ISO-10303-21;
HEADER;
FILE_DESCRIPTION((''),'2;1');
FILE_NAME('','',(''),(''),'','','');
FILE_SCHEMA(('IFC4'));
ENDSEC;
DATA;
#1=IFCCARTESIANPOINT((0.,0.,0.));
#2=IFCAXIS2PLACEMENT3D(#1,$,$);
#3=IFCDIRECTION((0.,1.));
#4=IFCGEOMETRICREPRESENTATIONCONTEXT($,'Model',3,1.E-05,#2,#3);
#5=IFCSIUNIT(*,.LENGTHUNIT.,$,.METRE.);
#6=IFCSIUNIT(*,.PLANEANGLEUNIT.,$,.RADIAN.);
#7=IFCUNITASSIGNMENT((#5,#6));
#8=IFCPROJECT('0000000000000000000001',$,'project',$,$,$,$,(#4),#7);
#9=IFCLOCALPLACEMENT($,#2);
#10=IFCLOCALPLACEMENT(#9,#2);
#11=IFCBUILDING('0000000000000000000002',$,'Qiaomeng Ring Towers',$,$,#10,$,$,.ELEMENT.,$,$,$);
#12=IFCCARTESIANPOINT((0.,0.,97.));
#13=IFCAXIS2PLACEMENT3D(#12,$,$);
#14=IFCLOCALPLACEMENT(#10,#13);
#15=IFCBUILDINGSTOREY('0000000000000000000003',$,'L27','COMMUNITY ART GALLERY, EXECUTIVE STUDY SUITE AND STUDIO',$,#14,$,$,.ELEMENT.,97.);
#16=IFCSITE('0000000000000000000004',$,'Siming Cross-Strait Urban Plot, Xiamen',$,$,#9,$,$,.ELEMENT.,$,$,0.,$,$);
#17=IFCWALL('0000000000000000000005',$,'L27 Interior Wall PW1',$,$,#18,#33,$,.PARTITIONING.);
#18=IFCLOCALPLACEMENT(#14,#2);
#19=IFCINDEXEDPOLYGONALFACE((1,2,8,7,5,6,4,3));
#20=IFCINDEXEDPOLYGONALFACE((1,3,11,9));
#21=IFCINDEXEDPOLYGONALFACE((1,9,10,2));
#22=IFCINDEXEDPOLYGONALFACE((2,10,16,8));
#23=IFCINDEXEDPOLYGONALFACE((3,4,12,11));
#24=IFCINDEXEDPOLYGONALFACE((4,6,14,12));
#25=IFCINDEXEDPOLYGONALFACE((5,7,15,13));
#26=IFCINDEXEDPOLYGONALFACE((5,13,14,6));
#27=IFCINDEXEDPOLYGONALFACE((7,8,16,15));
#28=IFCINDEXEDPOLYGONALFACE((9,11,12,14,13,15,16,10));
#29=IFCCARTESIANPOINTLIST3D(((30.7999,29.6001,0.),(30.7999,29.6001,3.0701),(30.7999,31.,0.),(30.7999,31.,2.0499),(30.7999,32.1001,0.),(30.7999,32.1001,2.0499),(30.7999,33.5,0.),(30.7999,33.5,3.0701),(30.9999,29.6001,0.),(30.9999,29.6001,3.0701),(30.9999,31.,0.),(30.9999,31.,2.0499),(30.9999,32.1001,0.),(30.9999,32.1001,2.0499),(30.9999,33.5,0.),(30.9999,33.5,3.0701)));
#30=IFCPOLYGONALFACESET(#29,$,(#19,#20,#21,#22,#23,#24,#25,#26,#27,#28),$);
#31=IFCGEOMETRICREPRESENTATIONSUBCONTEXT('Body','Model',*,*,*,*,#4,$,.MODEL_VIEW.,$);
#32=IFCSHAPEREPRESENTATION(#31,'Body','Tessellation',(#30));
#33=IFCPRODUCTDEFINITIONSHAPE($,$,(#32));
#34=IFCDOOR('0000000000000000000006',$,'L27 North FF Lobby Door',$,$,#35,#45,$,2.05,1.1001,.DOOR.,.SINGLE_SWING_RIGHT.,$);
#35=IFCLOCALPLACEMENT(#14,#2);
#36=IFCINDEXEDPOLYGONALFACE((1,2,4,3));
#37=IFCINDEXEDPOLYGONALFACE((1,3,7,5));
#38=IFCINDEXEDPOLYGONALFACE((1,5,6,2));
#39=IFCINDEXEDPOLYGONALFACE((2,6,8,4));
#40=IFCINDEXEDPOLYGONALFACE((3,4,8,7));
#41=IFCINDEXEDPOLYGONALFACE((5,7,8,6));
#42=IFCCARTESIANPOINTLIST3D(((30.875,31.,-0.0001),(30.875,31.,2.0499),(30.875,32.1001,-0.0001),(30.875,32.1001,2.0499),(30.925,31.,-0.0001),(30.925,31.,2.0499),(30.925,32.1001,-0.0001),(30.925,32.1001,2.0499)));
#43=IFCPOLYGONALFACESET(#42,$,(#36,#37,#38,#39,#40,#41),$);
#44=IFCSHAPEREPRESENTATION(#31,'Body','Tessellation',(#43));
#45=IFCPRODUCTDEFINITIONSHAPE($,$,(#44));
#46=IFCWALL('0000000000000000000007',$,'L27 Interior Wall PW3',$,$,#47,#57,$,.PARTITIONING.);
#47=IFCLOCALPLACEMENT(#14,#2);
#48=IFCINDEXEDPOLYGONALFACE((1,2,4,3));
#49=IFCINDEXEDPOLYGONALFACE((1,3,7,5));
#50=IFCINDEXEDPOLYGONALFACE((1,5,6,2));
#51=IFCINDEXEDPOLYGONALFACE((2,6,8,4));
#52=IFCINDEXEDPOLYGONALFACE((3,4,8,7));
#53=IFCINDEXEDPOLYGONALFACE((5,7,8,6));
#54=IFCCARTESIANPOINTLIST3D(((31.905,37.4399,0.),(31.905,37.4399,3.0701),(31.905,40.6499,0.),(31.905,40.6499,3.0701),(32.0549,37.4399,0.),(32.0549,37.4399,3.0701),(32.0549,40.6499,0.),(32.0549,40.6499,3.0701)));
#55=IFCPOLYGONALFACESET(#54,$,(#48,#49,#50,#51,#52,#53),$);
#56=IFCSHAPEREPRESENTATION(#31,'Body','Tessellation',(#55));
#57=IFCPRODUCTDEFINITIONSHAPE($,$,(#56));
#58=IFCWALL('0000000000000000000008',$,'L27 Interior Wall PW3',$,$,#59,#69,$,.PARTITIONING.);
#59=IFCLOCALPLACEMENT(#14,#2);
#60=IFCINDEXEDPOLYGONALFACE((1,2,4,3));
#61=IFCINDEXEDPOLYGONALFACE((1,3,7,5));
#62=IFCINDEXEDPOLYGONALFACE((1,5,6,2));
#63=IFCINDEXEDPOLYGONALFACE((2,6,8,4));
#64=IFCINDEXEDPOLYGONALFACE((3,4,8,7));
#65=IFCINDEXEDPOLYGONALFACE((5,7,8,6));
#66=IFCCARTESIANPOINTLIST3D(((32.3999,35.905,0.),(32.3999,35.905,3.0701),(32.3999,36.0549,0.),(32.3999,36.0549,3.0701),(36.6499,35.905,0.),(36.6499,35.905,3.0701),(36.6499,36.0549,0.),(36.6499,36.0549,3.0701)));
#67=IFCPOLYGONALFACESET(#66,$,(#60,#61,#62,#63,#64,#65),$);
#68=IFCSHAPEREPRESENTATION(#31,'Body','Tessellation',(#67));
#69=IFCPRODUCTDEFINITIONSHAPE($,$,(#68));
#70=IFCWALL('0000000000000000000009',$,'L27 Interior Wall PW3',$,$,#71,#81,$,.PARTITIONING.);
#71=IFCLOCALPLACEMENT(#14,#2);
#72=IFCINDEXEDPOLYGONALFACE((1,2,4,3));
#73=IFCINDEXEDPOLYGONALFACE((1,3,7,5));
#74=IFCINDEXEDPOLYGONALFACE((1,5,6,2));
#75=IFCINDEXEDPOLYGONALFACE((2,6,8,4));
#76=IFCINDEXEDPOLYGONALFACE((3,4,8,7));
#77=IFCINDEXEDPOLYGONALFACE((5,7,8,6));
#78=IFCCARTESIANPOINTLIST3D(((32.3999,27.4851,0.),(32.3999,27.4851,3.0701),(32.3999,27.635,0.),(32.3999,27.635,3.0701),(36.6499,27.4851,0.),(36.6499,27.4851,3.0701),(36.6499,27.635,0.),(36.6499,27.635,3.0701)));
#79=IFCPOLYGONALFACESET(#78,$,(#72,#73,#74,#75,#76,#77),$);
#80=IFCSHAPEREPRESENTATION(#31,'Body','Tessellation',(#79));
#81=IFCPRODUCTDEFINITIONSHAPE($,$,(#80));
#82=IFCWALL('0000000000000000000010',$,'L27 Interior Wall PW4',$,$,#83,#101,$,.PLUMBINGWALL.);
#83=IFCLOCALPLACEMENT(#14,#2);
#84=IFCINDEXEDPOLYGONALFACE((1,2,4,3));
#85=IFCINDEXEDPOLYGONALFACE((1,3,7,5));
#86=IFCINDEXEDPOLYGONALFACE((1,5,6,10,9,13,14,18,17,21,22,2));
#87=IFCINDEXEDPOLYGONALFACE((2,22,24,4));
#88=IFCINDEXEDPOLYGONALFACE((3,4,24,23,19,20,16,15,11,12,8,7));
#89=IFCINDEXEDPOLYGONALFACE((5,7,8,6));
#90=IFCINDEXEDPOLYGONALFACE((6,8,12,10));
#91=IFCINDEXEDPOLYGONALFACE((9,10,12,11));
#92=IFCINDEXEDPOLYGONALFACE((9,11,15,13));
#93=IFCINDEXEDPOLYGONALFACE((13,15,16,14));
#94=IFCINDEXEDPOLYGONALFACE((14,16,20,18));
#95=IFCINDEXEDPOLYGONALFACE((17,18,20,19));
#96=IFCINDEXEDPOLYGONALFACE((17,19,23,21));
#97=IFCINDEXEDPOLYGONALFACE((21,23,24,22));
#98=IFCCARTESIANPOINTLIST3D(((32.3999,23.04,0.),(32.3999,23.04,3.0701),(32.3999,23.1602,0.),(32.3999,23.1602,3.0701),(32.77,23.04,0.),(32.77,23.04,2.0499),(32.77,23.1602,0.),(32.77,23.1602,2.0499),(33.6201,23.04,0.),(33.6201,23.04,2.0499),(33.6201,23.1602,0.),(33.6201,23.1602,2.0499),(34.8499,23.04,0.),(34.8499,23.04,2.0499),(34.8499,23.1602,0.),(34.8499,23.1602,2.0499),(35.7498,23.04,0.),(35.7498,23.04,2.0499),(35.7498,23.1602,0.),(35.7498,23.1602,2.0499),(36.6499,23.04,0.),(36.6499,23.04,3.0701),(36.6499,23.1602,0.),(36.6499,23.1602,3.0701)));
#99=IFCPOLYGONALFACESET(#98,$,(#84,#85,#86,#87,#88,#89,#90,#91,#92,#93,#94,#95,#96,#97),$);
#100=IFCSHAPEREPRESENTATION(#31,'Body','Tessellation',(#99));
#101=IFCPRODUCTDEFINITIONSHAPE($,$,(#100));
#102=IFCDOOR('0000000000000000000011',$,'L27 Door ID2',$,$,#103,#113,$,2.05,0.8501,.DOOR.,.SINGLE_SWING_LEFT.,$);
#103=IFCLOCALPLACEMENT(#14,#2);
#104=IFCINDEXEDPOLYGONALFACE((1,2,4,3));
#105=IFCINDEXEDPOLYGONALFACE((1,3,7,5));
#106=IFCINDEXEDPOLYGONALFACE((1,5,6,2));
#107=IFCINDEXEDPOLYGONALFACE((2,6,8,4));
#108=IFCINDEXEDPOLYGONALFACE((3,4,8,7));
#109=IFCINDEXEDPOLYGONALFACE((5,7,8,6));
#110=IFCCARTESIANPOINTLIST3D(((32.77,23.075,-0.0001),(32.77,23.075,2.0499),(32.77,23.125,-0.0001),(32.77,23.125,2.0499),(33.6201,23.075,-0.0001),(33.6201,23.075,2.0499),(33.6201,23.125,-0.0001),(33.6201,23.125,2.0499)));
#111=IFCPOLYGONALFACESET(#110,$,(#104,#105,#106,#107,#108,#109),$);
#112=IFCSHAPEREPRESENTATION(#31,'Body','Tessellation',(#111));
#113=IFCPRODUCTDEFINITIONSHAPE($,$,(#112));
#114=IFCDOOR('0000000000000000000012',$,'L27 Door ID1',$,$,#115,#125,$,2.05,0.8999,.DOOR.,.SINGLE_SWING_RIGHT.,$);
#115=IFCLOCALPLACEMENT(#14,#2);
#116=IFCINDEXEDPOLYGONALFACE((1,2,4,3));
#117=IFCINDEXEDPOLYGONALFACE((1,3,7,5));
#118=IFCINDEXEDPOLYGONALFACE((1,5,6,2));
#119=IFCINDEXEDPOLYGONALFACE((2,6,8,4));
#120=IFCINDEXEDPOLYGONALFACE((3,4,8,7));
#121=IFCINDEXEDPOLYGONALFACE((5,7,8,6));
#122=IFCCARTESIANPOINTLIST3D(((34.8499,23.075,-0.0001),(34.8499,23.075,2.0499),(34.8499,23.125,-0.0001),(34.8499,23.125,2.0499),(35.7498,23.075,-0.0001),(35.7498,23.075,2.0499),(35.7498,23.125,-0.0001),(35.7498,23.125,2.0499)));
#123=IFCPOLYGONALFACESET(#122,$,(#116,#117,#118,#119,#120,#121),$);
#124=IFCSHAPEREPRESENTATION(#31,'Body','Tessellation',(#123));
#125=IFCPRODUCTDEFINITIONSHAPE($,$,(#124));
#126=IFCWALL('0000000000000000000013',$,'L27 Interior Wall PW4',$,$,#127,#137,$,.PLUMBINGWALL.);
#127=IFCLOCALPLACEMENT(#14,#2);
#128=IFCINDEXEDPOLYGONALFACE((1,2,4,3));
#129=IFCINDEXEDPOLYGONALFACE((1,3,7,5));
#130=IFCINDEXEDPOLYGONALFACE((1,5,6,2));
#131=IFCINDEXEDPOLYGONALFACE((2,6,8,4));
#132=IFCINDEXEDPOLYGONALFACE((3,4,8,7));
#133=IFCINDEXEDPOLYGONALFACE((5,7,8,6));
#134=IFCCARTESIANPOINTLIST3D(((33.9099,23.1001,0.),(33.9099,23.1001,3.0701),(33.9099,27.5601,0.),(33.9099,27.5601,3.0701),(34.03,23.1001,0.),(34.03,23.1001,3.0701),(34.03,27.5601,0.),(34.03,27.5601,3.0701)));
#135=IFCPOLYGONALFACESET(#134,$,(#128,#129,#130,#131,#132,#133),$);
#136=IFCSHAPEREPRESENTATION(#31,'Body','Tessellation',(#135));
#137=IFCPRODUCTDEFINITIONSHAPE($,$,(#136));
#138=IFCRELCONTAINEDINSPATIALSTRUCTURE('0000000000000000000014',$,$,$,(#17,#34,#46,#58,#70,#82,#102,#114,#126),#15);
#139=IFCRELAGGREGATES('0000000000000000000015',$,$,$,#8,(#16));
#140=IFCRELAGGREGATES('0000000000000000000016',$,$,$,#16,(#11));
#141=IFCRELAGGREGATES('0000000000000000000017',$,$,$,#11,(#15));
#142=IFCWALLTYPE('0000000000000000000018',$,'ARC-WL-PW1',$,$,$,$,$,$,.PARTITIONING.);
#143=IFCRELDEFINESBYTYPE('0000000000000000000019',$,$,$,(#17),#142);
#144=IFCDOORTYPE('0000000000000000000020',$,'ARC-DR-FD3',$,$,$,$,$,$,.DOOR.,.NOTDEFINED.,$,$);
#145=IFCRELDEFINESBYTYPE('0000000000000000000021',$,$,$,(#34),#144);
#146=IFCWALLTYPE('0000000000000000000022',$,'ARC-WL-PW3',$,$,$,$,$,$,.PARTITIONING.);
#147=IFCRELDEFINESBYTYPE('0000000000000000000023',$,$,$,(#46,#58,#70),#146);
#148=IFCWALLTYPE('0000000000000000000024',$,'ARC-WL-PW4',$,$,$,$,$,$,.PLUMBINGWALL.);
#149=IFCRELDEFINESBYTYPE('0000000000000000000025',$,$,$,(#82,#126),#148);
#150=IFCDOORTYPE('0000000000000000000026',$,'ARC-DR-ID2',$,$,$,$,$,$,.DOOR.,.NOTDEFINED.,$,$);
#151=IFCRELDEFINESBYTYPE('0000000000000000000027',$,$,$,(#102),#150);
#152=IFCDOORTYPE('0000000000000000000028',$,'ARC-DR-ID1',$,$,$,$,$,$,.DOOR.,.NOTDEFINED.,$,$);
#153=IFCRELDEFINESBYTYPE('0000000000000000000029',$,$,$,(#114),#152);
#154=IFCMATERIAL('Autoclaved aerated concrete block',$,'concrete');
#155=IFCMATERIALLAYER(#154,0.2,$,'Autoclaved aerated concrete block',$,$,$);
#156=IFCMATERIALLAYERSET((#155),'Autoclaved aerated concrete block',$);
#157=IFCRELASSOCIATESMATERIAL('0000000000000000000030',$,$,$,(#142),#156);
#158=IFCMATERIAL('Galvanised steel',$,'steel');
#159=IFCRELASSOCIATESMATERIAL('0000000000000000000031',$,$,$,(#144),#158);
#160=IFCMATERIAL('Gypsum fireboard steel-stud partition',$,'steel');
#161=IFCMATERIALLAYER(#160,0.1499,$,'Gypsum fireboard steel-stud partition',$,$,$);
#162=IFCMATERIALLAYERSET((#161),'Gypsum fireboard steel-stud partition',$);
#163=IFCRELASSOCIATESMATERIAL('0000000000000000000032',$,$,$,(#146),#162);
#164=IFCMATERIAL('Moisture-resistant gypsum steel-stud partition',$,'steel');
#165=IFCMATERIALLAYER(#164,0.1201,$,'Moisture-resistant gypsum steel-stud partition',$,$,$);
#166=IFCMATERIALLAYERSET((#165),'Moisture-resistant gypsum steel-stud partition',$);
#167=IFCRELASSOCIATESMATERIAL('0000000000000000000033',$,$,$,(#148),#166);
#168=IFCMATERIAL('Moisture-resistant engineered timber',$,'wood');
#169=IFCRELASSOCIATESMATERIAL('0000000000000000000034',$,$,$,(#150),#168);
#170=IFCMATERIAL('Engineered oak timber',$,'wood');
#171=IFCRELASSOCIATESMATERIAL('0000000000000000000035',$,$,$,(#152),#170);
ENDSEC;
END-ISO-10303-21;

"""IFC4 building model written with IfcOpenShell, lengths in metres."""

from ifc_helpers import new_model, si_unit, direction, frame, frame_2d, origin, place, context, subcontext, project, spatial, rectangle, extrude, source, transform, mapped, material, layer, layer_set, type_object, element, fill, save


model = new_model("IFC4")

# Units and contexts
model_context = context("Model", 3, precision=1e-05, world=origin(), true_north=direction((0.0, 1.0)))
body_context = subcontext(model_context, "Body", "Model", "MODEL_VIEW")
ifc_project = project(units=[si_unit("LENGTHUNIT", "METRE"), si_unit("PLANEANGLEUNIT", "RADIAN")], contexts=[model_context])

# Site, building, storey
site_placement = place(None, origin())
site = spatial("IfcSite", under=ifc_project, at=site_placement, Name="Siming Cross-Strait Urban Plot, Xiamen", CompositionType="ELEMENT", RefElevation=0.0)
building_placement = place(site_placement, origin())
building = spatial("IfcBuilding", under=site, at=building_placement, Name="Qiaomeng Ring Towers", CompositionType="ELEMENT")
storey_placement = place(building_placement, frame((0.0, 0.0, 97.0)))
storey = spatial("IfcBuildingStorey", under=building, at=storey_placement, Name="L27", Description="COMMUNITY ART GALLERY, EXECUTIVE STUDY SUITE AND STUDIO", CompositionType="ELEMENT", Elevation=97.0)

# Wall, opening, door
ifc_material_1 = material(Name="Autoclaved aerated concrete block", Category="concrete")
ifc_layer_1 = layer(ifc_material_1, 0.2, Name="Autoclaved aerated concrete block")
ifc_layer_set_1 = layer_set([ifc_layer_1], Name="Autoclaved aerated concrete block")
wall_type_1 = type_object("IfcWallType", Name="ARC-WL-PW1", PredefinedType="PARTITIONING", material=ifc_layer_set_1)
wall_1_placement = place(storey_placement, frame((30.8999, 29.6001, 0.0), z_axis=(0.0, 0.0, 1.0), x_axis=(0.0, 1.0, 0.0)))
wall_1 = element("IfcWall", 1, at=wall_1_placement, inside=storey, type_object=wall_type_1, Name="L27 Interior Wall PW1", PredefinedType="PARTITIONING", context=body_context, shape_type="SweptSolid", body=[
    extrude(rectangle(XDim=3.8999, YDim=0.2, at=frame_2d((1.95, 0.0))), origin(), (0.0, 0.0, 1.0), 3.0701),
])
opening_1_placement = place(wall_1_placement, frame((1.3999, 0.0, 0.0)))
opening_1 = element("IfcOpeningElement", 2, at=opening_1_placement, cuts=wall_1, PredefinedType="OPENING", context=body_context, shape_type="SweptSolid", body=[
    extrude(rectangle(XDim=1.1001, YDim=2.05, at=frame_2d((0.55, 1.0249))), frame((0.0, 0.1099, 0.0), z_axis=(0.0, -1.0, 0.0), x_axis=(1.0, 0.0, 0.0)), (0.0, 0.0, 1.0), 0.22),
])
ifc_material_2 = material(Name="Galvanised steel", Category="steel")
door_type_1 = type_object("IfcDoorType", Name="ARC-DR-FD3", OperationType="NOTDEFINED", PredefinedType="DOOR", material=ifc_material_2)
shared_shape_1 = source(origin(), body_context, "Body", "SweptSolid", [
    extrude(rectangle(XDim=1.1001, YDim=2.05, at=frame_2d((0.55, 1.0249))), frame((0.0, 0.0249, 0.0), z_axis=(0.0, -1.0, 0.0), x_axis=(1.0, 0.0, 0.0)), (0.0, 0.0, 1.0), 0.05),
])
door_1_placement = place(opening_1_placement, origin())
door_1 = element("IfcDoor", 3, at=door_1_placement, inside=storey, type_object=door_type_1, Name="L27 North FF Lobby Door", OperationType="SINGLE_SWING_RIGHT", OverallHeight=2.05, OverallWidth=1.1001, PredefinedType="DOOR", context=body_context, shape_type="MappedRepresentation", body=[
    mapped(shared_shape_1, transform((0.0, 0.0, 0.0), x_axis=(1.0, 0.0, 0.0), y_axis=(0.0, 1.0, 0.0), z_axis=(0.0, 0.0, 1.0), scale=1.0)),
])
fill(opening_1, door_1)

# Walls
ifc_material_3 = material(Name="Gypsum fireboard steel-stud partition", Category="steel")
ifc_layer_2 = layer(ifc_material_3, 0.1499, Name="Gypsum fireboard steel-stud partition")
ifc_layer_set_2 = layer_set([ifc_layer_2], Name="Gypsum fireboard steel-stud partition")
wall_type_2 = type_object("IfcWallType", Name="ARC-WL-PW3", PredefinedType="PARTITIONING", material=ifc_layer_set_2)
wall_2_placement = place(storey_placement, frame((31.98, 37.4399, 0.0), z_axis=(0.0, 0.0, 1.0), x_axis=(0.0, 1.0, 0.0)))
element("IfcWall", 4, at=wall_2_placement, inside=storey, type_object=wall_type_2, Name="L27 Interior Wall PW3", PredefinedType="PARTITIONING", context=body_context, shape_type="SweptSolid", body=[
    extrude(rectangle(XDim=3.21, YDim=0.1499, at=frame_2d((1.605, 0.0))), origin(), (0.0, 0.0, 1.0), 3.0701),
])
for number, where, z_axis, x_axis, name in (
    (5, (32.3999, 35.98, 0.0), (0.0, 0.0, 1.0), (1.0, 0.0, 0.0), "L27 Interior Wall PW3"),
    (6, (32.3999, 27.5601, 0.0), (0.0, 0.0, 1.0), (1.0, 0.0, 0.0), "L27 Interior Wall PW3"),
):
    element("IfcWall", number, at=place(storey_placement, frame(where, z_axis=z_axis, x_axis=x_axis)), inside=storey, type_object=wall_type_2, Name=name, PredefinedType="PARTITIONING", context=body_context, shape_type="SweptSolid", body=[
        extrude(rectangle(XDim=4.25, YDim=0.1499, at=frame_2d((2.125, 0.0))), origin(), (0.0, 0.0, 1.0), 3.0701),
    ])

# Wall, openings, doors
ifc_material_4 = material(Name="Moisture-resistant gypsum steel-stud partition", Category="steel")
ifc_layer_3 = layer(ifc_material_4, 0.1201, Name="Moisture-resistant gypsum steel-stud partition")
ifc_layer_set_3 = layer_set([ifc_layer_3], Name="Moisture-resistant gypsum steel-stud partition")
wall_type_3 = type_object("IfcWallType", Name="ARC-WL-PW4", PredefinedType="PLUMBINGWALL", material=ifc_layer_set_3)
wall_3_placement = place(storey_placement, frame((32.3999, 23.1001, 0.0), z_axis=(0.0, 0.0, 1.0), x_axis=(1.0, 0.0, 0.0)))
wall_3 = element("IfcWall", 7, at=wall_3_placement, inside=storey, type_object=wall_type_3, Name="L27 Interior Wall PW4", PredefinedType="PLUMBINGWALL", context=body_context, shape_type="SweptSolid", body=[
    extrude(rectangle(XDim=4.25, YDim=0.1201, at=frame_2d((2.125, 0.0))), origin(), (0.0, 0.0, 1.0), 3.0701),
])
opening_2_placement = place(wall_3_placement, frame((0.3701, 0.0, 0.0)))
opening_2 = element("IfcOpeningElement", 8, at=opening_2_placement, cuts=wall_3, PredefinedType="OPENING", context=body_context, shape_type="SweptSolid", body=[
    extrude(rectangle(XDim=0.8501, YDim=2.05, at=frame_2d((0.425, 1.0249))), frame((0.0, 0.0701, 0.0), z_axis=(0.0, -1.0, 0.0), x_axis=(1.0, 0.0, 0.0)), (0.0, 0.0, 1.0), 0.1401),
])
opening_3_placement = place(wall_3_placement, frame((2.45, 0.0, 0.0)))
opening_3 = element("IfcOpeningElement", 9, at=opening_3_placement, cuts=wall_3, PredefinedType="OPENING", context=body_context, shape_type="SweptSolid", body=[
    extrude(rectangle(XDim=0.8999, YDim=2.05, at=frame_2d((0.45, 1.0249))), frame((0.0, 0.0701, 0.0), z_axis=(0.0, -1.0, 0.0), x_axis=(1.0, 0.0, 0.0)), (0.0, 0.0, 1.0), 0.1401),
])
ifc_material_5 = material(Name="Moisture-resistant engineered timber", Category="wood")
door_type_2 = type_object("IfcDoorType", Name="ARC-DR-ID2", OperationType="NOTDEFINED", PredefinedType="DOOR", material=ifc_material_5)
shared_shape_2 = source(origin(), body_context, "Body", "SweptSolid", [
    extrude(rectangle(XDim=0.8501, YDim=2.05, at=frame_2d((0.425, 1.0249))), frame((0.0, 0.0249, 0.0), z_axis=(0.0, -1.0, 0.0), x_axis=(1.0, 0.0, 0.0)), (0.0, 0.0, 1.0), 0.05),
])
door_2_placement = place(opening_2_placement, origin())
door_2 = element("IfcDoor", 10, at=door_2_placement, inside=storey, type_object=door_type_2, Name="L27 Door ID2", OperationType="SINGLE_SWING_LEFT", OverallHeight=2.05, OverallWidth=0.8501, PredefinedType="DOOR", context=body_context, shape_type="MappedRepresentation", body=[
    mapped(shared_shape_2, transform((0.0, 0.0, 0.0), x_axis=(1.0, 0.0, 0.0), y_axis=(0.0, 1.0, 0.0), z_axis=(0.0, 0.0, 1.0), scale=1.0)),
])
fill(opening_2, door_2)
ifc_material_6 = material(Name="Engineered oak timber", Category="wood")
door_type_3 = type_object("IfcDoorType", Name="ARC-DR-ID1", OperationType="NOTDEFINED", PredefinedType="DOOR", material=ifc_material_6)
shared_shape_3 = source(origin(), body_context, "Body", "SweptSolid", [
    extrude(rectangle(XDim=0.8999, YDim=2.05, at=frame_2d((0.45, 1.0249))), frame((0.0, 0.0249, 0.0), z_axis=(0.0, -1.0, 0.0), x_axis=(1.0, 0.0, 0.0)), (0.0, 0.0, 1.0), 0.05),
])
door_3_placement = place(opening_3_placement, origin())
door_3 = element("IfcDoor", 11, at=door_3_placement, inside=storey, type_object=door_type_3, Name="L27 Door ID1", OperationType="SINGLE_SWING_RIGHT", OverallHeight=2.05, OverallWidth=0.8999, PredefinedType="DOOR", context=body_context, shape_type="MappedRepresentation", body=[
    mapped(shared_shape_3, transform((0.0, 0.0, 0.0), x_axis=(1.0, 0.0, 0.0), y_axis=(0.0, 1.0, 0.0), z_axis=(0.0, 0.0, 1.0), scale=1.0)),
])
fill(opening_3, door_3)

# Wall
wall_4_placement = place(storey_placement, frame((33.97, 23.1001, 0.0), z_axis=(0.0, 0.0, 1.0), x_axis=(0.0, 1.0, 0.0)))
element("IfcWall", 12, at=wall_4_placement, inside=storey, type_object=wall_type_3, Name="L27 Interior Wall PW4", PredefinedType="PLUMBINGWALL", context=body_context, shape_type="SweptSolid", body=[
    extrude(rectangle(XDim=4.46, YDim=0.1201, at=frame_2d((2.23, 0.0))), origin(), (0.0, 0.0, 1.0), 3.0701),
])

save(model, "model.ifc")
